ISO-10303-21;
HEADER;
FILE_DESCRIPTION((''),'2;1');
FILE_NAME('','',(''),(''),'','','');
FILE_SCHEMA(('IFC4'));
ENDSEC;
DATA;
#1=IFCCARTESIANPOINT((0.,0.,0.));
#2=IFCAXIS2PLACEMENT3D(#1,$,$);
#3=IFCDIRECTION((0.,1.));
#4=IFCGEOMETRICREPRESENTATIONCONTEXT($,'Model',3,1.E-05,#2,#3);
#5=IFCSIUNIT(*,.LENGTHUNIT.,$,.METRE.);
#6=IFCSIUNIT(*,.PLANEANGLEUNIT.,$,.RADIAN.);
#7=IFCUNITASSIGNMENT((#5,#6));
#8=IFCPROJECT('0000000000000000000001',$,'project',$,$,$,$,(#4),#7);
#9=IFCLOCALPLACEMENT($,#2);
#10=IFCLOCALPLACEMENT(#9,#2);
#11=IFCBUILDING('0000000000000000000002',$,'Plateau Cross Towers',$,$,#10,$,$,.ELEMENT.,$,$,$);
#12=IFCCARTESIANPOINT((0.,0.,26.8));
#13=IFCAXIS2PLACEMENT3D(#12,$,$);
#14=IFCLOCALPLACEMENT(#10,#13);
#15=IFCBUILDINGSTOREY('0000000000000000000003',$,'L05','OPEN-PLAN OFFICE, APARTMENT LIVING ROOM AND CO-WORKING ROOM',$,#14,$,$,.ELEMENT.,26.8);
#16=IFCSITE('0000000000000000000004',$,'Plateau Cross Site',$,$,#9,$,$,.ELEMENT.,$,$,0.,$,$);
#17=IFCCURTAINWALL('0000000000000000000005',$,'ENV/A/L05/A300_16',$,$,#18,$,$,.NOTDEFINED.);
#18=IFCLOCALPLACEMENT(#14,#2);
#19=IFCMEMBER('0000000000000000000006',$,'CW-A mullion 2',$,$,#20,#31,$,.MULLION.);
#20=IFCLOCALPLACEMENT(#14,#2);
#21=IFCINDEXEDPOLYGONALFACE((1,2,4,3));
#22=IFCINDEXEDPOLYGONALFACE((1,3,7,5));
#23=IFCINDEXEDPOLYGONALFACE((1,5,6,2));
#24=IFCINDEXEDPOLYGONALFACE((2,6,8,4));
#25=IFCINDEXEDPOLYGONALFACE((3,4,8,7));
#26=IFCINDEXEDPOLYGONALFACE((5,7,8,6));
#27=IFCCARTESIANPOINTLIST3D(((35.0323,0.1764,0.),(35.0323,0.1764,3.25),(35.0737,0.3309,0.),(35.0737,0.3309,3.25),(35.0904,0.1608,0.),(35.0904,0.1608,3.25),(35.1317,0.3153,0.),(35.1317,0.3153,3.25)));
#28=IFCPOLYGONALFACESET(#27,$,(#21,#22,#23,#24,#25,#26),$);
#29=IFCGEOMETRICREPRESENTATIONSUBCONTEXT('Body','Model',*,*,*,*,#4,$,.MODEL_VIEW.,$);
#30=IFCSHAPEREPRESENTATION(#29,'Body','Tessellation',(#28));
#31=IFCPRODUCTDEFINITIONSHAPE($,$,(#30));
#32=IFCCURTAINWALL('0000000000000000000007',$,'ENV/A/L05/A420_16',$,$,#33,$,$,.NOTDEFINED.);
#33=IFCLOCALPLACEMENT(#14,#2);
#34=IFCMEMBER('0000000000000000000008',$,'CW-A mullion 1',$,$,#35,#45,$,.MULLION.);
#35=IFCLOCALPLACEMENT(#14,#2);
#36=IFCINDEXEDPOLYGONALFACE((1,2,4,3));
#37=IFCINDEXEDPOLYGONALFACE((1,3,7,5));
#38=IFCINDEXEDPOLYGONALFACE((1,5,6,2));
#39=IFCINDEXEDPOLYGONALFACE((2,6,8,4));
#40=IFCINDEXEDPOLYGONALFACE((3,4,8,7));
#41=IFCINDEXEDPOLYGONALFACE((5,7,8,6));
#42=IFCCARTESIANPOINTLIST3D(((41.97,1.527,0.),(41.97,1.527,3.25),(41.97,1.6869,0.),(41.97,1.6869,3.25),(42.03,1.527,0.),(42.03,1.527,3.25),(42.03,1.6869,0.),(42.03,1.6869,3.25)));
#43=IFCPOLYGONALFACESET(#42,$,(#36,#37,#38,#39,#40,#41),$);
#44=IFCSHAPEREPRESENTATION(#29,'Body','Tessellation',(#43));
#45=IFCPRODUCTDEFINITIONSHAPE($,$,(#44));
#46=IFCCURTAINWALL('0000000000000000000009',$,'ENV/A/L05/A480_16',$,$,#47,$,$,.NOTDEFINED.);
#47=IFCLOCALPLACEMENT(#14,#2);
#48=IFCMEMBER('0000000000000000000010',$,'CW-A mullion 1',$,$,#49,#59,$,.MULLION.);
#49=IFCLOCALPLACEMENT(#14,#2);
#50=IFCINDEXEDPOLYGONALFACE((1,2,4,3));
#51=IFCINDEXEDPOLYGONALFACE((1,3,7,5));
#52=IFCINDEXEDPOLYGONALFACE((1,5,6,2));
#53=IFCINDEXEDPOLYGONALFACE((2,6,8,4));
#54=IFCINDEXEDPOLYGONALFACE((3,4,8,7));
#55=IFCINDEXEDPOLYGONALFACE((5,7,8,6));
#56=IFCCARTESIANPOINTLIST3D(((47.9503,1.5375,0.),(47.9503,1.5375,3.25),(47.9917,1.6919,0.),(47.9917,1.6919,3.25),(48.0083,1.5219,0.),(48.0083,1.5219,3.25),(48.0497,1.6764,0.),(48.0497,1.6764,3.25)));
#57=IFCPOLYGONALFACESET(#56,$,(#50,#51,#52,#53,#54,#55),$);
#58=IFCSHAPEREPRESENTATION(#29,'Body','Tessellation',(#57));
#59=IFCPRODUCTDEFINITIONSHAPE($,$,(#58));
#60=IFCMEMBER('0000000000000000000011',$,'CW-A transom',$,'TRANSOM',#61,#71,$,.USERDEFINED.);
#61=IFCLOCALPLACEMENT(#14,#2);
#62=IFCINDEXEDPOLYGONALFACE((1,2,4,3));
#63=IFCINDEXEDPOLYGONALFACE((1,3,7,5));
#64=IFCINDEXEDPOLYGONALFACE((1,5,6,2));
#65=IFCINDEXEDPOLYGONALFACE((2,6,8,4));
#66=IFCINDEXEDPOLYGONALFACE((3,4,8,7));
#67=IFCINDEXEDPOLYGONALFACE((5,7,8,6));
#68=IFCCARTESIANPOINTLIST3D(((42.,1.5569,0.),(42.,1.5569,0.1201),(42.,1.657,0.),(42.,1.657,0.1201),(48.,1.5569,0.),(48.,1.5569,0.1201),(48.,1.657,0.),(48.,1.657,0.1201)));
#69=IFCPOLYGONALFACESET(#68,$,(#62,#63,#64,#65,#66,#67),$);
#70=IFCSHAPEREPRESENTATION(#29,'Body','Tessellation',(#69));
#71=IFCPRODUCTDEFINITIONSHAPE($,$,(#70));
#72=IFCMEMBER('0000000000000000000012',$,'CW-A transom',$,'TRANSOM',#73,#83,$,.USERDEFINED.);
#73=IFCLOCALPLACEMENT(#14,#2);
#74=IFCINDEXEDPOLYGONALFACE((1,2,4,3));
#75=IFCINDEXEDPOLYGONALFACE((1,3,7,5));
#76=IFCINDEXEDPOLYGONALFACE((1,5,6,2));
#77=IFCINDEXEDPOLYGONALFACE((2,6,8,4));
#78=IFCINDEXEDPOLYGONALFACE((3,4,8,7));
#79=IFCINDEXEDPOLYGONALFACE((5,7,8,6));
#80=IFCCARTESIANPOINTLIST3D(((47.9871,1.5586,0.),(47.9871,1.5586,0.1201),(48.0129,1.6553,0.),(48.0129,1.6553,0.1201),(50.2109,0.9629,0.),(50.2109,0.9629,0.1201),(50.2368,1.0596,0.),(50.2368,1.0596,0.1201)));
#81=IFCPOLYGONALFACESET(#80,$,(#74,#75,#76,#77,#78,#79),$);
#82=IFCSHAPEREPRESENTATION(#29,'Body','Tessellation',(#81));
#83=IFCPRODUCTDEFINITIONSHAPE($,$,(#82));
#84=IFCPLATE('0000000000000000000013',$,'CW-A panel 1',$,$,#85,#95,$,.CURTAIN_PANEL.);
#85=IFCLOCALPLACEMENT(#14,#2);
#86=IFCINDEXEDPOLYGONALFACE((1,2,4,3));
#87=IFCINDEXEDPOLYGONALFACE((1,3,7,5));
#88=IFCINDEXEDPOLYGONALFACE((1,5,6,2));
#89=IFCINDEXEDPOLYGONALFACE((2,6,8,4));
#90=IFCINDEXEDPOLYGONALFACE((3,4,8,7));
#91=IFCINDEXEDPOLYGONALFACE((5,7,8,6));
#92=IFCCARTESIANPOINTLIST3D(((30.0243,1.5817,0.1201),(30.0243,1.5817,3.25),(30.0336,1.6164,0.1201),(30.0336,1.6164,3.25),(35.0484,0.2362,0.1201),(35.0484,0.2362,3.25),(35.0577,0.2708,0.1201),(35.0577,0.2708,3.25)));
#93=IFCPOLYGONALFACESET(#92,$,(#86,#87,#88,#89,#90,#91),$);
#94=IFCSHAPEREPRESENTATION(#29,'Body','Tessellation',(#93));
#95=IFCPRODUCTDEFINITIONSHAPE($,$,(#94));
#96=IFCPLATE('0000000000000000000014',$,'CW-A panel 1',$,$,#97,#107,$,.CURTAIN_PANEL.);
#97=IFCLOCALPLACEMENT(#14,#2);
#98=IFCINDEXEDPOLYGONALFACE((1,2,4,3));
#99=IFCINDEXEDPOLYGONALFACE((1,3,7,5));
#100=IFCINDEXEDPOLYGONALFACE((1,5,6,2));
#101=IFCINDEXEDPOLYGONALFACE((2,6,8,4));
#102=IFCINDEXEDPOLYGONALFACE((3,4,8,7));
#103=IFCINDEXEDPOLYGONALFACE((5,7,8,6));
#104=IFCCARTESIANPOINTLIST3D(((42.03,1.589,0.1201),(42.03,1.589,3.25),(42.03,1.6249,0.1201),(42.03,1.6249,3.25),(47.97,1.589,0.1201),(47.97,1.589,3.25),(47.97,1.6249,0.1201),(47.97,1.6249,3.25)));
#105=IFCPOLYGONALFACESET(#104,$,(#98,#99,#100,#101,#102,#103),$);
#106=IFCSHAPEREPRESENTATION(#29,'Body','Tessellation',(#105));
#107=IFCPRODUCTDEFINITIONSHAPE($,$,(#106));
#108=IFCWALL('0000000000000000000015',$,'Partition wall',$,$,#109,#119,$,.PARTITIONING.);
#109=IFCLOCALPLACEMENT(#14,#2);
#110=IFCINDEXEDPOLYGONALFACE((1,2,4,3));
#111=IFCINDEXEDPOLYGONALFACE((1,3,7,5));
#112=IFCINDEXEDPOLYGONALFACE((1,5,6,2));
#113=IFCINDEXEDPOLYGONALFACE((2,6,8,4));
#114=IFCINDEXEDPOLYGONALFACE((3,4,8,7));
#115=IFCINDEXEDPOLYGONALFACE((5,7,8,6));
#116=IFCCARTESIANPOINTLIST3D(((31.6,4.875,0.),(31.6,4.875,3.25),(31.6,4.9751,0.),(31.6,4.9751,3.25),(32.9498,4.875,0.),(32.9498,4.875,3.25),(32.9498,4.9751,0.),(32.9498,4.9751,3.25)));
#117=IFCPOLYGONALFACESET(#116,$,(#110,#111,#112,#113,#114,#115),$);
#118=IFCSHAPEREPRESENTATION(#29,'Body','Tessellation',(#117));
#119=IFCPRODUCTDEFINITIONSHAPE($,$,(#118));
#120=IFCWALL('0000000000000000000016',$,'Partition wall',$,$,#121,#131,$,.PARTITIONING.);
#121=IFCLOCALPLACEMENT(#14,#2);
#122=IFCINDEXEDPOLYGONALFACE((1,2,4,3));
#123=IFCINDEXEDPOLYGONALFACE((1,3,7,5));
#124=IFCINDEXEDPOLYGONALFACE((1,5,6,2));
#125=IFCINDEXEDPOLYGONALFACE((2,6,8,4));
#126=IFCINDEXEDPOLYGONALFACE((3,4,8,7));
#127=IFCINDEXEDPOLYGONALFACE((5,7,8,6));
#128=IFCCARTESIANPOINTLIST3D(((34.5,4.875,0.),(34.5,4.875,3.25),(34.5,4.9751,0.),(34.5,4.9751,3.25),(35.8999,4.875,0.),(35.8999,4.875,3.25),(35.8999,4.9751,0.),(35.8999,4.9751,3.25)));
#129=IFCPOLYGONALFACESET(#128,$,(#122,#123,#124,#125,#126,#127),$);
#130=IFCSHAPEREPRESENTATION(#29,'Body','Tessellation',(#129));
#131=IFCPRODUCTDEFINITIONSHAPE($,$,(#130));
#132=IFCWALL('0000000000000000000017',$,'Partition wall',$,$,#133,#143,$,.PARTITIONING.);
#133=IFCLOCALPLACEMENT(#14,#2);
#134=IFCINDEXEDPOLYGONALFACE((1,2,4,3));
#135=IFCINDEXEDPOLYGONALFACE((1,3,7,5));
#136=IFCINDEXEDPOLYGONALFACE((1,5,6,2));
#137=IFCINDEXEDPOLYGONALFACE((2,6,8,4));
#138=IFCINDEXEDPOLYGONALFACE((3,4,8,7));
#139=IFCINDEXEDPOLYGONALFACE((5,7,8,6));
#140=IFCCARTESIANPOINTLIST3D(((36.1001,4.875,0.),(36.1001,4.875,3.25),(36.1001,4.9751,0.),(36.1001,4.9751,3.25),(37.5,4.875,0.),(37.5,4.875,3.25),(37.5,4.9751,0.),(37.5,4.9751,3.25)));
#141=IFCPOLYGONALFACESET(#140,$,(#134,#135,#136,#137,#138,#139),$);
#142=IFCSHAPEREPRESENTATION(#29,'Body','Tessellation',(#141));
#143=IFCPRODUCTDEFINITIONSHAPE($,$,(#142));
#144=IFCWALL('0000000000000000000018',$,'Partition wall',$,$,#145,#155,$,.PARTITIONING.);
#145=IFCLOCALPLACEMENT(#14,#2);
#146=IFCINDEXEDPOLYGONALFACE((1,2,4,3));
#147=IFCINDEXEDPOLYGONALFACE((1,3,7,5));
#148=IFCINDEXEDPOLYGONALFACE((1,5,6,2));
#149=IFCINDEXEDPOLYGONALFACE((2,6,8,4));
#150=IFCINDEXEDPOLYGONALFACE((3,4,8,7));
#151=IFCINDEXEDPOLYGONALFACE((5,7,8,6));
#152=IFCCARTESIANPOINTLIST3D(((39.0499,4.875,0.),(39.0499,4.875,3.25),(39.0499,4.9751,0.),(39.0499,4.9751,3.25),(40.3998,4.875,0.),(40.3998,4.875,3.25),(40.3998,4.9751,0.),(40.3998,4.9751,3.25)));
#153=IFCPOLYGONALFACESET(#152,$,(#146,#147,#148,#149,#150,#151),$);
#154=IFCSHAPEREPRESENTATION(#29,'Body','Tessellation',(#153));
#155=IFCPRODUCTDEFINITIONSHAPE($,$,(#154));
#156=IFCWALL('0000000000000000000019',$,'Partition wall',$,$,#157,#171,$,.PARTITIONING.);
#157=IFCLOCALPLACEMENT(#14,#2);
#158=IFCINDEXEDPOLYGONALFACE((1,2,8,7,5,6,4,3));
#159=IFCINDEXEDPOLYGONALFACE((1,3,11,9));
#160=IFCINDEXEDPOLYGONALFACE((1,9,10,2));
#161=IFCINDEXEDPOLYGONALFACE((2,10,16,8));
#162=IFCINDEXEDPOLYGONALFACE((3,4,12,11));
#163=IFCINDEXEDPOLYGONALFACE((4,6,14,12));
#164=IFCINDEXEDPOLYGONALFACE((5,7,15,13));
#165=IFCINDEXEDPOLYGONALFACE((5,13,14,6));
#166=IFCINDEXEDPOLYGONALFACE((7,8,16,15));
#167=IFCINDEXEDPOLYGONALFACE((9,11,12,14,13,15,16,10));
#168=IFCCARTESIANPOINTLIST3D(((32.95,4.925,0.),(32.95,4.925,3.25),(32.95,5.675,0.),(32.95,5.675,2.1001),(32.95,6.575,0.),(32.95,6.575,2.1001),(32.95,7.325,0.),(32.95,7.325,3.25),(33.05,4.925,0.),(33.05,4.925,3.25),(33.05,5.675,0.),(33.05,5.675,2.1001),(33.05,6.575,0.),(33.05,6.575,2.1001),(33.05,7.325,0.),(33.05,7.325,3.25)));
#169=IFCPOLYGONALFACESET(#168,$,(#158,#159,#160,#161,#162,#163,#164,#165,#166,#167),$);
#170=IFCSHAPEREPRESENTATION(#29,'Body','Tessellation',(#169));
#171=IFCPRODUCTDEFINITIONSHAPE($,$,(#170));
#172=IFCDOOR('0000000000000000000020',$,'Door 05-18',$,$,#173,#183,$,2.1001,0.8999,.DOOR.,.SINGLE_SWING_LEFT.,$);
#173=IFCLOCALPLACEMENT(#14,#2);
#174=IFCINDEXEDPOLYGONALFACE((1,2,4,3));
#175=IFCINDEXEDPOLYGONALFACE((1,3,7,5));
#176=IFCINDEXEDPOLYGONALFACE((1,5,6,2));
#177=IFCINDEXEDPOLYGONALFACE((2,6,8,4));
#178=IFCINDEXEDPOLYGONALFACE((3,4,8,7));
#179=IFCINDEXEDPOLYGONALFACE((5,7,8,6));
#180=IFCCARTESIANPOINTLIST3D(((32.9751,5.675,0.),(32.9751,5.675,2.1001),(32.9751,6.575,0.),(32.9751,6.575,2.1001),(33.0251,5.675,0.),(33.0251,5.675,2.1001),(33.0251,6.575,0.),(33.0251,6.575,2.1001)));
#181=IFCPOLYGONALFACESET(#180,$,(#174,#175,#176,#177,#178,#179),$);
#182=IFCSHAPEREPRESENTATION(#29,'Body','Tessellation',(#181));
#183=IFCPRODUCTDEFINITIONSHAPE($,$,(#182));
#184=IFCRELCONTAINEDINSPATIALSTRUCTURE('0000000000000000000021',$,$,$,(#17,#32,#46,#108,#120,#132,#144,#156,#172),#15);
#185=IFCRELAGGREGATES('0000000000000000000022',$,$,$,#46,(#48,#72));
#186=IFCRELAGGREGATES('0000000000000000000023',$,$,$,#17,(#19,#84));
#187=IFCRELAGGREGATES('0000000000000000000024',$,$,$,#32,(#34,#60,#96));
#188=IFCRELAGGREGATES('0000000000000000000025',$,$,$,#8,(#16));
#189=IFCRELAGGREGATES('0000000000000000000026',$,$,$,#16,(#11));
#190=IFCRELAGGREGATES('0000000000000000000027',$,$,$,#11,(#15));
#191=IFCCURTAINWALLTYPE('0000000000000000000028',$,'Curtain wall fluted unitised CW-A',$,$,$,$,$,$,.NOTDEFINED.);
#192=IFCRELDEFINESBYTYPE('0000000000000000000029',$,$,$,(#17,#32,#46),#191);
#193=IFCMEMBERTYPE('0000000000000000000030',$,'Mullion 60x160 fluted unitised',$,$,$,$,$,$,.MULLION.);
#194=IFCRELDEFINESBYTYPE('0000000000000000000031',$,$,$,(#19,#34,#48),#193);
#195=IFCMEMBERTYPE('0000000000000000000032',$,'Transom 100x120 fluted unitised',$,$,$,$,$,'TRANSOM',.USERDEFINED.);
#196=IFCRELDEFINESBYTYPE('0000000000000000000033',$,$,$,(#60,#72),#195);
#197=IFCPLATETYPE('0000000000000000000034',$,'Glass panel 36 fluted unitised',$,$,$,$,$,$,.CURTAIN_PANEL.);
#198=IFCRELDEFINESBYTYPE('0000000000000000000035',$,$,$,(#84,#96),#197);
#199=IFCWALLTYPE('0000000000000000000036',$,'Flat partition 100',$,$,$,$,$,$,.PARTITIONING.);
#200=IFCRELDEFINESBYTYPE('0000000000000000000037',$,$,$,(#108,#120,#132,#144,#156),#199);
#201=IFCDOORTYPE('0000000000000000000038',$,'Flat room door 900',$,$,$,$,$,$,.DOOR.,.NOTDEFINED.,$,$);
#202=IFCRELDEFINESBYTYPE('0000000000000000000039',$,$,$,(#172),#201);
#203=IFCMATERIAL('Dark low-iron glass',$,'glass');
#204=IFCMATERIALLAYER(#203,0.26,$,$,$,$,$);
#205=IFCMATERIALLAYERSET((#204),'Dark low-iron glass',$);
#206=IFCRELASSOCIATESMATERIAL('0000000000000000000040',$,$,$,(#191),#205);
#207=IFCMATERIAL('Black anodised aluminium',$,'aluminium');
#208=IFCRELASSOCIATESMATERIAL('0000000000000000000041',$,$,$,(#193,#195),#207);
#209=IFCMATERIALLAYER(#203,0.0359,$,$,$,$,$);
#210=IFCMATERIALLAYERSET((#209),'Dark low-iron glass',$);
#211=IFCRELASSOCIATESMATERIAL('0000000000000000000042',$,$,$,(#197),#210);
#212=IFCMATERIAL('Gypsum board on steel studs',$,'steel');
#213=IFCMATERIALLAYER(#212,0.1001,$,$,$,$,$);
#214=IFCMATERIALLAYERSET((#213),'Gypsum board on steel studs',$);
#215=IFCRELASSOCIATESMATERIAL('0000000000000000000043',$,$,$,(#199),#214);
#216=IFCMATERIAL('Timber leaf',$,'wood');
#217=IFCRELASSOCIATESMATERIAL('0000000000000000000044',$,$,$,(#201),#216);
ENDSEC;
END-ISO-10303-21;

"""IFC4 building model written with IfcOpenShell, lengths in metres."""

from ifc_helpers import new_model, si_unit, direction, frame, frame_2d, origin, origin_2d, place, context, subcontext, project, spatial, rectangle, extrude, material, layer, layer_set, material_profile, profile_set, type_object, element, fill, aggregate, save


model = new_model("IFC4")

# Units and contexts
model_context = context("Model", 3, precision=1e-05, world=origin(), true_north=direction((0.0, 1.0)))
body_context = subcontext(model_context, "Body", "Model", "MODEL_VIEW")
ifc_project = project(units=[si_unit("LENGTHUNIT", "METRE"), si_unit("PLANEANGLEUNIT", "RADIAN")], contexts=[model_context])

# Site, building, storey
site_placement = place(None, origin())
site = spatial("IfcSite", under=ifc_project, at=site_placement, Name="Plateau Cross Site", CompositionType="ELEMENT", RefElevation=0.0)
building_placement = place(site_placement, origin())
building = spatial("IfcBuilding", under=site, at=building_placement, Name="Plateau Cross Towers", CompositionType="ELEMENT")
storey_placement = place(building_placement, frame((0.0, 0.0, 26.8)))
storey = spatial("IfcBuildingStorey", under=building, at=storey_placement, Name="L05", Description="OPEN-PLAN OFFICE, APARTMENT LIVING ROOM AND CO-WORKING ROOM", CompositionType="ELEMENT", Elevation=26.8)

# Curtain walls, members
ifc_material_1 = material(Name="Dark low-iron glass", Category="glass")
ifc_layer_1 = layer(ifc_material_1, 0.26)
ifc_layer_set_1 = layer_set([ifc_layer_1], Name="Dark low-iron glass")
curtain_wall_type = type_object("IfcCurtainWallType", Name="Curtain wall fluted unitised CW-A", PredefinedType="NOTDEFINED", material=ifc_layer_set_1)
curtain_wall_1_placement = place(storey_placement, origin())
curtain_wall_1 = element("IfcCurtainWall", 1, at=curtain_wall_1_placement, inside=storey, type_object=curtain_wall_type, Name="ENV/A/L05/A300_16", PredefinedType="NOTDEFINED")
ifc_material_2 = material(Name="Black anodised aluminium", Category="aluminium")
ifc_material_profile_1 = material_profile(ifc_material_2, rectangle(XDim=0.0601, YDim=0.1599, at=origin_2d()), Name="MULLION 60x160")
ifc_profile_set_1 = profile_set([ifc_material_profile_1], Name="Black anodised aluminium")
member_type_1 = type_object("IfcMemberType", Name="Mullion 60x160 fluted unitised", PredefinedType="MULLION", material=ifc_profile_set_1)
member_1_placement = place(storey_placement, frame((35.082, 0.2458, 0.0), z_axis=(0.0, 0.0, 1.0), x_axis=(0.965958, -0.258699, 0.0)))
member_1 = element("IfcMember", 2, at=member_1_placement, type_object=member_type_1, Name="CW-A mullion 2", PredefinedType="MULLION", context=body_context, shape_type="SweptSolid", body=[
    extrude(rectangle(XDim=0.0601, YDim=0.1599, at=origin_2d()), origin(), (0.0, 0.0, 1.0), 3.25),
])
curtain_wall_2_placement = place(storey_placement, origin())
curtain_wall_2 = element("IfcCurtainWall", 3, at=curtain_wall_2_placement, inside=storey, type_object=curtain_wall_type, Name="ENV/A/L05/A420_16", PredefinedType="NOTDEFINED")
member_2_placement = place(storey_placement, frame((42.0, 1.6069, 0.0), z_axis=(0.0, 0.0, 1.0), x_axis=(1.0, 0.0, 0.0)))
member_2 = element("IfcMember", 4, at=member_2_placement, type_object=member_type_1, Name="CW-A mullion 1", PredefinedType="MULLION", context=body_context, shape_type="SweptSolid", body=[
    extrude(rectangle(XDim=0.0601, YDim=0.1599, at=origin_2d()), origin(), (0.0, 0.0, 1.0), 3.25),
])
curtain_wall_3_placement = place(storey_placement, origin())
curtain_wall_3 = element("IfcCurtainWall", 5, at=curtain_wall_3_placement, inside=storey, type_object=curtain_wall_type, Name="ENV/A/L05/A480_16", PredefinedType="NOTDEFINED")
member_3_placement = place(storey_placement, frame((48.0, 1.6069, 0.0), z_axis=(0.0, 0.0, 1.0), x_axis=(0.965958, -0.258699, 0.0)))
member_3 = element("IfcMember", 6, at=member_3_placement, type_object=member_type_1, Name="CW-A mullion 1", PredefinedType="MULLION", context=body_context, shape_type="SweptSolid", body=[
    extrude(rectangle(XDim=0.0601, YDim=0.1599, at=origin_2d()), origin(), (0.0, 0.0, 1.0), 3.25),
])

# Members
ifc_material_profile_2 = material_profile(ifc_material_2, rectangle(XDim=0.1001, YDim=0.1201, at=origin_2d()), Name="TRANSOM 100x120")
ifc_profile_set_2 = profile_set([ifc_material_profile_2], Name="Black anodised aluminium")
member_type_2 = type_object("IfcMemberType", Name="Transom 100x120 fluted unitised", ElementType="TRANSOM", PredefinedType="USERDEFINED", material=ifc_profile_set_2)
member_4_placement = place(storey_placement, frame((42.0, 1.6069, 0.0601), z_axis=(1.0, 0.0, 0.0), x_axis=(0.0, 1.0, 0.0)))
member_4 = element("IfcMember", 7, at=member_4_placement, type_object=member_type_2, Name="CW-A transom", ObjectType="TRANSOM", PredefinedType="USERDEFINED", context=body_context, shape_type="SweptSolid", body=[
    extrude(rectangle(XDim=0.1001, YDim=0.1201, at=origin_2d()), origin(), (0.0, 0.0, 1.0), 6.0),
])
member_5_placement = place(storey_placement, frame((48.0, 1.6069, 0.0601), z_axis=(0.965946, -0.258745, 0.0), x_axis=(0.258745, 0.965946, 0.0)))
member_5 = element("IfcMember", 8, at=member_5_placement, type_object=member_type_2, Name="CW-A transom", ObjectType="TRANSOM", PredefinedType="USERDEFINED", context=body_context, shape_type="SweptSolid", body=[
    extrude(rectangle(XDim=0.1001, YDim=0.1201, at=origin_2d()), origin(), (0.0, 0.0, 1.0), 2.3022),
])
aggregate(curtain_wall_3, [member_3, member_5])

# Plates
ifc_layer_2 = layer(ifc_material_1, 0.0359)
ifc_layer_set_2 = layer_set([ifc_layer_2], Name="Dark low-iron glass")
plate_type = type_object("IfcPlateType", Name="Glass panel 36 fluted unitised", PredefinedType="CURTAIN_PANEL", material=ifc_layer_set_2)
plate_1_placement = place(storey_placement, frame((32.541, 0.9263, 0.1201), z_axis=(0.0, 0.0, 1.0), x_axis=(0.965958, -0.258699, 0.0)))
plate_1 = element("IfcPlate", 9, at=plate_1_placement, type_object=plate_type, Name="CW-A panel 1", PredefinedType="CURTAIN_PANEL", context=body_context, shape_type="SweptSolid", body=[
    extrude(rectangle(XDim=5.2012, YDim=0.0359, at=origin_2d()), origin(), (0.0, 0.0, 1.0), 3.1299),
])
aggregate(curtain_wall_1, [member_1, plate_1])
plate_2_placement = place(storey_placement, frame((45.0, 1.6069, 0.1201), z_axis=(0.0, 0.0, 1.0), x_axis=(1.0, 0.0, 0.0)))
plate_2 = element("IfcPlate", 10, at=plate_2_placement, type_object=plate_type, Name="CW-A panel 1", PredefinedType="CURTAIN_PANEL", context=body_context, shape_type="SweptSolid", body=[
    extrude(rectangle(XDim=5.9399, YDim=0.0359, at=origin_2d()), origin(), (0.0, 0.0, 1.0), 3.1299),
])
aggregate(curtain_wall_2, [member_2, member_4, plate_2])

# Walls
ifc_material_3 = material(Name="Gypsum board on steel studs", Category="steel")
ifc_layer_3 = layer(ifc_material_3, 0.1001)
ifc_layer_set_3 = layer_set([ifc_layer_3], Name="Gypsum board on steel studs")
wall_type_1 = type_object("IfcWallType", Name="Flat partition 100", PredefinedType="PARTITIONING", material=ifc_layer_set_3)
wall_1_placement = place(storey_placement, frame((31.6001, 4.925, 0.0), z_axis=(0.0, 0.0, 1.0), x_axis=(1.0, 0.0, 0.0)))
element("IfcWall", 11, at=wall_1_placement, inside=storey, type_object=wall_type_1, Name="Partition wall", PredefinedType="PARTITIONING", context=body_context, shape_type="SweptSolid", body=[
    extrude(rectangle(XDim=1.3499, YDim=0.1001, at=frame_2d((0.6748, 0.0))), origin(), (0.0, 0.0, 1.0), 3.25),
])
for number, where, z_axis, x_axis, name in (
    (12, (34.5, 4.925, 0.0), (0.0, 0.0, 1.0), (1.0, 0.0, 0.0), "Partition wall"),
    (13, (36.1001, 4.925, 0.0), (0.0, 0.0, 1.0), (1.0, 0.0, 0.0), "Partition wall"),
):
    element("IfcWall", number, at=place(storey_placement, frame(where, z_axis=z_axis, x_axis=x_axis)), inside=storey, type_object=wall_type_1, Name=name, PredefinedType="PARTITIONING", context=body_context, shape_type="SweptSolid", body=[
        extrude(rectangle(XDim=1.3999, YDim=0.1001, at=frame_2d((0.7, 0.0))), origin(), (0.0, 0.0, 1.0), 3.25),
    ])
wall_2_placement = place(storey_placement, frame((39.05, 4.925, 0.0), z_axis=(0.0, 0.0, 1.0), x_axis=(1.0, 0.0, 0.0)))
element("IfcWall", 14, at=wall_2_placement, inside=storey, type_object=wall_type_1, Name="Partition wall", PredefinedType="PARTITIONING", context=body_context, shape_type="SweptSolid", body=[
    extrude(rectangle(XDim=1.3499, YDim=0.1001, at=frame_2d((0.6748, 0.0))), origin(), (0.0, 0.0, 1.0), 3.25),
])

# Wall, opening, door
wall_3_placement = place(storey_placement, frame((33.0, 4.925, 0.0), z_axis=(0.0, 0.0, 1.0), x_axis=(0.0, 1.0, 0.0)))
wall_3 = element("IfcWall", 15, at=wall_3_placement, inside=storey, type_object=wall_type_1, Name="Partition wall", PredefinedType="PARTITIONING", context=body_context, shape_type="SweptSolid", body=[
    extrude(rectangle(XDim=2.3999, YDim=0.1001, at=frame_2d((1.2, 0.0))), origin(), (0.0, 0.0, 1.0), 3.25),
])
opening_1_placement = place(wall_3_placement, frame((0.75, 0.0, 0.0)))
opening_1 = element("IfcOpeningElement", 16, at=opening_1_placement, cuts=wall_3, PredefinedType="OPENING", context=body_context, shape_type="SweptSolid", body=[
    extrude(rectangle(XDim=0.8999, YDim=2.1001, at=frame_2d((0.45, 1.05))), frame((0.0, 0.0601, 0.0), z_axis=(0.0, -1.0, 0.0), x_axis=(1.0, 0.0, 0.0)), (0.0, 0.0, 1.0), 0.1201),
])
ifc_material_4 = material(Name="Timber leaf", Category="wood")
door_type_1 = type_object("IfcDoorType", Name="Flat room door 900", OperationType="NOTDEFINED", PredefinedType="DOOR", material=ifc_material_4)
door_1_placement = place(opening_1_placement, origin())
door_1 = element("IfcDoor", 17, at=door_1_placement, inside=storey, type_object=door_type_1, Name="Door 05-18", OperationType="SINGLE_SWING_LEFT", OverallHeight=2.1001, OverallWidth=0.8999, PredefinedType="DOOR", context=body_context, shape_type="SweptSolid", body=[
    extrude(rectangle(XDim=0.8999, YDim=2.1001, at=frame_2d((0.45, 1.05))), frame((0.0, 0.0249, 0.0), z_axis=(0.0, -1.0, 0.0), x_axis=(1.0, 0.0, 0.0)), (0.0, 0.0, 1.0), 0.05),
])
fill(opening_1, door_1)

save(model, "model.ifc")
